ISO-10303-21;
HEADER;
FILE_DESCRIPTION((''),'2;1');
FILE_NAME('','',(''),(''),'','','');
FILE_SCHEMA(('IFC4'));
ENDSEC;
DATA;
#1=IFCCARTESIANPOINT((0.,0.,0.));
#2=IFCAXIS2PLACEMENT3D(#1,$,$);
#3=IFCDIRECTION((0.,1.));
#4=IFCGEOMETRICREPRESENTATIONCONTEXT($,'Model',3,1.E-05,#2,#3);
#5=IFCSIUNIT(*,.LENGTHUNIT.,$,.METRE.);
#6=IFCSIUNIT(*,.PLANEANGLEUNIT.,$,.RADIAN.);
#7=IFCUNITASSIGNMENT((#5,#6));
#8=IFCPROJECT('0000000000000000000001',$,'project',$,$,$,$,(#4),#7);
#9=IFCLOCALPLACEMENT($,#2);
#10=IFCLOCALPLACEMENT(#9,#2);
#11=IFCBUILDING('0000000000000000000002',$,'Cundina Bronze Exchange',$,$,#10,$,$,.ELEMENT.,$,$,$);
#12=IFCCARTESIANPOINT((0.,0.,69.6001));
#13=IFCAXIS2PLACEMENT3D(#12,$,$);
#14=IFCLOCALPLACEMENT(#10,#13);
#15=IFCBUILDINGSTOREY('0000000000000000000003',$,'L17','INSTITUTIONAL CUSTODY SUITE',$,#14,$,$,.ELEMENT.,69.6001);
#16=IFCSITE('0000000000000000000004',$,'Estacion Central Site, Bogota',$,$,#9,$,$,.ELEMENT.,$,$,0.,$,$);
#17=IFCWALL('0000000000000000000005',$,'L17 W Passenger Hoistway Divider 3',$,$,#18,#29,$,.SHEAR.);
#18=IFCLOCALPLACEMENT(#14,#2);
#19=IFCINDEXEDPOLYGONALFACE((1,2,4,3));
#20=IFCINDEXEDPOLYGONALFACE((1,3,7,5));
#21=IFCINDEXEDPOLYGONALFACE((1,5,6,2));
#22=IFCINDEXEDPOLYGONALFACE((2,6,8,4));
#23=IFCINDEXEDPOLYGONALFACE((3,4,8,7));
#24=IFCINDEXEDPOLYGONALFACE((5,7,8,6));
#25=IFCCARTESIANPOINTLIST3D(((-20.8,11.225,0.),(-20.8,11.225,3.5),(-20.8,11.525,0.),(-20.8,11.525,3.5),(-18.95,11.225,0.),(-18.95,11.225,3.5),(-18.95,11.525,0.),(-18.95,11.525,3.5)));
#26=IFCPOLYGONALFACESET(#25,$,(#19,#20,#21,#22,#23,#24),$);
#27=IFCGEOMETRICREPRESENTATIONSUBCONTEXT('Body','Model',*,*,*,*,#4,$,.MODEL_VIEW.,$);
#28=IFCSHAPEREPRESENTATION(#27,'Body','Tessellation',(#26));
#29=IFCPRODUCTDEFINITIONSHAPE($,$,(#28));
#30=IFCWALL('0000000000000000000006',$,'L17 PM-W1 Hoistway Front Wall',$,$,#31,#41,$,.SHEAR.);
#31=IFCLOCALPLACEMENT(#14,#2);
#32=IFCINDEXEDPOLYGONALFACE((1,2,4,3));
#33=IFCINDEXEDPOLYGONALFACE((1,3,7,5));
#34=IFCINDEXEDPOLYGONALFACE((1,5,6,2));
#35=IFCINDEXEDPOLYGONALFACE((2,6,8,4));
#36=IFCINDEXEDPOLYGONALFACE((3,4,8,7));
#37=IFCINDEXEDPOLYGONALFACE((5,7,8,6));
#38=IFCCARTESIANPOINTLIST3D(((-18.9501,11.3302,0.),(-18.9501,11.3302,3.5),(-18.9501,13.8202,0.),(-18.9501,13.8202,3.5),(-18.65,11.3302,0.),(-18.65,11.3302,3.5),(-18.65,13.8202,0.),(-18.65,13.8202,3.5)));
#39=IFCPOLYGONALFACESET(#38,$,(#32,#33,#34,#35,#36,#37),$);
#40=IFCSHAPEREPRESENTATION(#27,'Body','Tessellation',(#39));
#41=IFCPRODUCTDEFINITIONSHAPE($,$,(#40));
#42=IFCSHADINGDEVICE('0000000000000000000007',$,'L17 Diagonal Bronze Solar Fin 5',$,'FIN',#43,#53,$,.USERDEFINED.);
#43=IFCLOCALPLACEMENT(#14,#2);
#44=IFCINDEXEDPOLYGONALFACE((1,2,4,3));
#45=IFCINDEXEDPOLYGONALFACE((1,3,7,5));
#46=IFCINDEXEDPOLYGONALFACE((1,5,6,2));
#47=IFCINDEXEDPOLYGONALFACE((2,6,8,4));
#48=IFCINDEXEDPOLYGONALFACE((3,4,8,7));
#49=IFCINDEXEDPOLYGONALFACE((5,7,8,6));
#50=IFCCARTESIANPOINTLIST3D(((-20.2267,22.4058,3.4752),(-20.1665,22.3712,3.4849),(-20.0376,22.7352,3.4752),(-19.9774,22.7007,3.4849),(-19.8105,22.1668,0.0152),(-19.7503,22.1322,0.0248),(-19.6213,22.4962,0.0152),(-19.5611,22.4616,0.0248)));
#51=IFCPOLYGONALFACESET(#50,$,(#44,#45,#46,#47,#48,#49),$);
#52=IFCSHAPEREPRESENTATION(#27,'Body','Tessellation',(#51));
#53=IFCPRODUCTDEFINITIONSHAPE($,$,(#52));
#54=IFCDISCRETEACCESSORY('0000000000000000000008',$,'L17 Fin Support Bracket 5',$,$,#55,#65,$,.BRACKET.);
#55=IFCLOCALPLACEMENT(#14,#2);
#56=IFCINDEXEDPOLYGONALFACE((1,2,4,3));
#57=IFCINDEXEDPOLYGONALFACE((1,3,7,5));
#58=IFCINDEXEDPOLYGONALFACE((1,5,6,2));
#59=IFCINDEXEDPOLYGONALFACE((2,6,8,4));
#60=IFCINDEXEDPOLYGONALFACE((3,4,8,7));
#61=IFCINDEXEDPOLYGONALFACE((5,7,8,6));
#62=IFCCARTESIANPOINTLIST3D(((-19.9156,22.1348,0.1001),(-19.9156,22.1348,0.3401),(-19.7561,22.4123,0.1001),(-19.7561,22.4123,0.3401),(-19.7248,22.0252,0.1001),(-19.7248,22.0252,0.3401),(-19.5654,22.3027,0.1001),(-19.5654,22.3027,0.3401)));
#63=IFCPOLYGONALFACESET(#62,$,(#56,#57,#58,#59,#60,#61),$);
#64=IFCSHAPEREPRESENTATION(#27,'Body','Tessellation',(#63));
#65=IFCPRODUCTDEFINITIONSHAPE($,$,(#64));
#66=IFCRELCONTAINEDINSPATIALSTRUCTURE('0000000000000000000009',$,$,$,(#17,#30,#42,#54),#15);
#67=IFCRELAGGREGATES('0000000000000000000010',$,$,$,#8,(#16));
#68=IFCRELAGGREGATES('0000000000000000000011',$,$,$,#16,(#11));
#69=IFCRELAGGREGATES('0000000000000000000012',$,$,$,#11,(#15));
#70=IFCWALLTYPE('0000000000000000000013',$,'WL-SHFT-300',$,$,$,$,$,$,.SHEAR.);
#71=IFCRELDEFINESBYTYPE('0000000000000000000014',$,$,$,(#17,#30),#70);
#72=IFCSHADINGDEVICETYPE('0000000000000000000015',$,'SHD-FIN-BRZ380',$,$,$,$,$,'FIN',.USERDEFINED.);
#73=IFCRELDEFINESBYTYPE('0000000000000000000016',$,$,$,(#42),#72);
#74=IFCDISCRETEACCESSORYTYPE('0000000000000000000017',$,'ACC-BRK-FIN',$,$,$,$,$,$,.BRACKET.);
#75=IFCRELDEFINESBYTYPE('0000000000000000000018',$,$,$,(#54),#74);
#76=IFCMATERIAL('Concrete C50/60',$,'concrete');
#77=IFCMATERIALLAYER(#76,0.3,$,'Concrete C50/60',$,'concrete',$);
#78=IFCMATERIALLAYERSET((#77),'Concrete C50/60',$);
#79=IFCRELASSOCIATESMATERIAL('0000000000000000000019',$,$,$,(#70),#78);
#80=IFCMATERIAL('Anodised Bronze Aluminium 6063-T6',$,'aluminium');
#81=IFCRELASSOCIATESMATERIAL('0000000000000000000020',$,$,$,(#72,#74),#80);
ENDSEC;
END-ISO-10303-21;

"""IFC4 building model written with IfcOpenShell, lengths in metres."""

from ifc_helpers import new_model, si_unit, direction, frame, frame_2d, origin, origin_2d, place, context, subcontext, project, spatial, rectangle, extrude, material, layer, layer_set, material_profile, profile_set, type_object, element, save


model = new_model("IFC4")

# Units and contexts
model_context = context("Model", 3, precision=1e-05, world=origin(), true_north=direction((0.0, 1.0)))
body_context = subcontext(model_context, "Body", "Model", "MODEL_VIEW")
ifc_project = project(units=[si_unit("LENGTHUNIT", "METRE"), si_unit("PLANEANGLEUNIT", "RADIAN")], contexts=[model_context])

# Site, building, storey
site_placement = place(None, origin())
site = spatial("IfcSite", under=ifc_project, at=site_placement, Name="Estacion Central Site, Bogota", CompositionType="ELEMENT", RefElevation=0.0)
building_placement = place(site_placement, origin())
building = spatial("IfcBuilding", under=site, at=building_placement, Name="Cundina Bronze Exchange", CompositionType="ELEMENT")
storey_placement = place(building_placement, frame((0.0, 0.0, 69.6001)))
storey = spatial("IfcBuildingStorey", under=building, at=storey_placement, Name="L17", Description="INSTITUTIONAL CUSTODY SUITE", CompositionType="ELEMENT", Elevation=69.6001)

# Shared definitions
ifc_material_1 = material(Name="Anodised Bronze Aluminium 6063-T6", Category="aluminium")

# Shared definitions
ifc_material_2 = material(Name="Concrete C50/60", Category="concrete")
ifc_layer_1 = layer(ifc_material_2, 0.3, Name="Concrete C50/60", Category="concrete")
ifc_layer_set_1 = layer_set([ifc_layer_1], Name="Concrete C50/60")
wall_type_1 = type_object("IfcWallType", Name="WL-SHFT-300", PredefinedType="SHEAR", material=ifc_layer_set_1)

# Walls
wall_1_placement = place(storey_placement, frame((-20.8, 11.375, 0.0), z_axis=(0.0, 0.0, 1.0), x_axis=(1.0, 0.0, 0.0)))
element("IfcWall", 1, at=wall_1_placement, inside=storey, type_object=wall_type_1, Name="L17 W Passenger Hoistway Divider 3", PredefinedType="SHEAR", context=body_context, shape_type="SweptSolid", body=[
    extrude(rectangle(XDim=1.8501, YDim=0.3, at=frame_2d((0.925, 0.0))), origin(), (0.0, 0.0, 1.0), 3.5),
])
wall_2_placement = place(storey_placement, frame((-18.8, 11.3301, 0.0), z_axis=(0.0, 0.0, 1.0), x_axis=(0.0, 1.0, 0.0)))
element("IfcWall", 2, at=wall_2_placement, inside=storey, type_object=wall_type_1, Name="L17 PM-W1 Hoistway Front Wall", PredefinedType="SHEAR", context=body_context, shape_type="SweptSolid", body=[
    extrude(rectangle(XDim=2.49, YDim=0.3, at=frame_2d((1.2451, 0.0))), origin(), (0.0, 0.0, 1.0), 3.5),
])

# Shading device
ifc_material_profile_1 = material_profile(ifc_material_1, rectangle(XDim=0.0701, YDim=0.3799, at=origin_2d()), Name="FIN70X380", Category="aluminium")
ifc_profile_set_1 = profile_set([ifc_material_profile_1], Name="Anodised Bronze Aluminium 6063-T6")
shading_device_type = type_object("IfcShadingDeviceType", Name="SHD-FIN-BRZ380", ElementType="FIN", PredefinedType="USERDEFINED", material=ifc_profile_set_1)
shading_device_placement = place(storey_placement, frame((-19.6858, 22.3142, 0.02), z_axis=(-0.119166, 0.068425, 0.990514), x_axis=(0.858982, -0.493222, 0.137414)))
element("IfcShadingDevice", 3, at=shading_device_placement, inside=storey, type_object=shading_device_type, Name="L17 Diagonal Bronze Solar Fin 5", ObjectType="FIN", PredefinedType="USERDEFINED", context=body_context, shape_type="SweptSolid", body=[
    extrude(rectangle(XDim=0.0701, YDim=0.3799, at=origin_2d()), origin(), (0.0, 0.0, 1.0), 3.4932),
])

# Discrete accessory
discrete_accessory_type = type_object("IfcDiscreteAccessoryType", Name="ACC-BRK-FIN", PredefinedType="BRACKET", material=ifc_material_1)
discrete_accessory_placement = place(storey_placement, frame((-19.7405, 22.2188, 0.1001), z_axis=(0.0, 0.0, 1.0), x_axis=(-0.867105, 0.498125, 0.0)))
element("IfcDiscreteAccessory", 4, at=discrete_accessory_placement, inside=storey, type_object=discrete_accessory_type, Name="L17 Fin Support Bracket 5", PredefinedType="BRACKET", context=body_context, shape_type="SweptSolid", body=[
    extrude(rectangle(XDim=0.22, YDim=0.3201, at=origin_2d()), origin(), (0.0, 0.0, 1.0), 0.24),
])

save(model, "model.ifc")
